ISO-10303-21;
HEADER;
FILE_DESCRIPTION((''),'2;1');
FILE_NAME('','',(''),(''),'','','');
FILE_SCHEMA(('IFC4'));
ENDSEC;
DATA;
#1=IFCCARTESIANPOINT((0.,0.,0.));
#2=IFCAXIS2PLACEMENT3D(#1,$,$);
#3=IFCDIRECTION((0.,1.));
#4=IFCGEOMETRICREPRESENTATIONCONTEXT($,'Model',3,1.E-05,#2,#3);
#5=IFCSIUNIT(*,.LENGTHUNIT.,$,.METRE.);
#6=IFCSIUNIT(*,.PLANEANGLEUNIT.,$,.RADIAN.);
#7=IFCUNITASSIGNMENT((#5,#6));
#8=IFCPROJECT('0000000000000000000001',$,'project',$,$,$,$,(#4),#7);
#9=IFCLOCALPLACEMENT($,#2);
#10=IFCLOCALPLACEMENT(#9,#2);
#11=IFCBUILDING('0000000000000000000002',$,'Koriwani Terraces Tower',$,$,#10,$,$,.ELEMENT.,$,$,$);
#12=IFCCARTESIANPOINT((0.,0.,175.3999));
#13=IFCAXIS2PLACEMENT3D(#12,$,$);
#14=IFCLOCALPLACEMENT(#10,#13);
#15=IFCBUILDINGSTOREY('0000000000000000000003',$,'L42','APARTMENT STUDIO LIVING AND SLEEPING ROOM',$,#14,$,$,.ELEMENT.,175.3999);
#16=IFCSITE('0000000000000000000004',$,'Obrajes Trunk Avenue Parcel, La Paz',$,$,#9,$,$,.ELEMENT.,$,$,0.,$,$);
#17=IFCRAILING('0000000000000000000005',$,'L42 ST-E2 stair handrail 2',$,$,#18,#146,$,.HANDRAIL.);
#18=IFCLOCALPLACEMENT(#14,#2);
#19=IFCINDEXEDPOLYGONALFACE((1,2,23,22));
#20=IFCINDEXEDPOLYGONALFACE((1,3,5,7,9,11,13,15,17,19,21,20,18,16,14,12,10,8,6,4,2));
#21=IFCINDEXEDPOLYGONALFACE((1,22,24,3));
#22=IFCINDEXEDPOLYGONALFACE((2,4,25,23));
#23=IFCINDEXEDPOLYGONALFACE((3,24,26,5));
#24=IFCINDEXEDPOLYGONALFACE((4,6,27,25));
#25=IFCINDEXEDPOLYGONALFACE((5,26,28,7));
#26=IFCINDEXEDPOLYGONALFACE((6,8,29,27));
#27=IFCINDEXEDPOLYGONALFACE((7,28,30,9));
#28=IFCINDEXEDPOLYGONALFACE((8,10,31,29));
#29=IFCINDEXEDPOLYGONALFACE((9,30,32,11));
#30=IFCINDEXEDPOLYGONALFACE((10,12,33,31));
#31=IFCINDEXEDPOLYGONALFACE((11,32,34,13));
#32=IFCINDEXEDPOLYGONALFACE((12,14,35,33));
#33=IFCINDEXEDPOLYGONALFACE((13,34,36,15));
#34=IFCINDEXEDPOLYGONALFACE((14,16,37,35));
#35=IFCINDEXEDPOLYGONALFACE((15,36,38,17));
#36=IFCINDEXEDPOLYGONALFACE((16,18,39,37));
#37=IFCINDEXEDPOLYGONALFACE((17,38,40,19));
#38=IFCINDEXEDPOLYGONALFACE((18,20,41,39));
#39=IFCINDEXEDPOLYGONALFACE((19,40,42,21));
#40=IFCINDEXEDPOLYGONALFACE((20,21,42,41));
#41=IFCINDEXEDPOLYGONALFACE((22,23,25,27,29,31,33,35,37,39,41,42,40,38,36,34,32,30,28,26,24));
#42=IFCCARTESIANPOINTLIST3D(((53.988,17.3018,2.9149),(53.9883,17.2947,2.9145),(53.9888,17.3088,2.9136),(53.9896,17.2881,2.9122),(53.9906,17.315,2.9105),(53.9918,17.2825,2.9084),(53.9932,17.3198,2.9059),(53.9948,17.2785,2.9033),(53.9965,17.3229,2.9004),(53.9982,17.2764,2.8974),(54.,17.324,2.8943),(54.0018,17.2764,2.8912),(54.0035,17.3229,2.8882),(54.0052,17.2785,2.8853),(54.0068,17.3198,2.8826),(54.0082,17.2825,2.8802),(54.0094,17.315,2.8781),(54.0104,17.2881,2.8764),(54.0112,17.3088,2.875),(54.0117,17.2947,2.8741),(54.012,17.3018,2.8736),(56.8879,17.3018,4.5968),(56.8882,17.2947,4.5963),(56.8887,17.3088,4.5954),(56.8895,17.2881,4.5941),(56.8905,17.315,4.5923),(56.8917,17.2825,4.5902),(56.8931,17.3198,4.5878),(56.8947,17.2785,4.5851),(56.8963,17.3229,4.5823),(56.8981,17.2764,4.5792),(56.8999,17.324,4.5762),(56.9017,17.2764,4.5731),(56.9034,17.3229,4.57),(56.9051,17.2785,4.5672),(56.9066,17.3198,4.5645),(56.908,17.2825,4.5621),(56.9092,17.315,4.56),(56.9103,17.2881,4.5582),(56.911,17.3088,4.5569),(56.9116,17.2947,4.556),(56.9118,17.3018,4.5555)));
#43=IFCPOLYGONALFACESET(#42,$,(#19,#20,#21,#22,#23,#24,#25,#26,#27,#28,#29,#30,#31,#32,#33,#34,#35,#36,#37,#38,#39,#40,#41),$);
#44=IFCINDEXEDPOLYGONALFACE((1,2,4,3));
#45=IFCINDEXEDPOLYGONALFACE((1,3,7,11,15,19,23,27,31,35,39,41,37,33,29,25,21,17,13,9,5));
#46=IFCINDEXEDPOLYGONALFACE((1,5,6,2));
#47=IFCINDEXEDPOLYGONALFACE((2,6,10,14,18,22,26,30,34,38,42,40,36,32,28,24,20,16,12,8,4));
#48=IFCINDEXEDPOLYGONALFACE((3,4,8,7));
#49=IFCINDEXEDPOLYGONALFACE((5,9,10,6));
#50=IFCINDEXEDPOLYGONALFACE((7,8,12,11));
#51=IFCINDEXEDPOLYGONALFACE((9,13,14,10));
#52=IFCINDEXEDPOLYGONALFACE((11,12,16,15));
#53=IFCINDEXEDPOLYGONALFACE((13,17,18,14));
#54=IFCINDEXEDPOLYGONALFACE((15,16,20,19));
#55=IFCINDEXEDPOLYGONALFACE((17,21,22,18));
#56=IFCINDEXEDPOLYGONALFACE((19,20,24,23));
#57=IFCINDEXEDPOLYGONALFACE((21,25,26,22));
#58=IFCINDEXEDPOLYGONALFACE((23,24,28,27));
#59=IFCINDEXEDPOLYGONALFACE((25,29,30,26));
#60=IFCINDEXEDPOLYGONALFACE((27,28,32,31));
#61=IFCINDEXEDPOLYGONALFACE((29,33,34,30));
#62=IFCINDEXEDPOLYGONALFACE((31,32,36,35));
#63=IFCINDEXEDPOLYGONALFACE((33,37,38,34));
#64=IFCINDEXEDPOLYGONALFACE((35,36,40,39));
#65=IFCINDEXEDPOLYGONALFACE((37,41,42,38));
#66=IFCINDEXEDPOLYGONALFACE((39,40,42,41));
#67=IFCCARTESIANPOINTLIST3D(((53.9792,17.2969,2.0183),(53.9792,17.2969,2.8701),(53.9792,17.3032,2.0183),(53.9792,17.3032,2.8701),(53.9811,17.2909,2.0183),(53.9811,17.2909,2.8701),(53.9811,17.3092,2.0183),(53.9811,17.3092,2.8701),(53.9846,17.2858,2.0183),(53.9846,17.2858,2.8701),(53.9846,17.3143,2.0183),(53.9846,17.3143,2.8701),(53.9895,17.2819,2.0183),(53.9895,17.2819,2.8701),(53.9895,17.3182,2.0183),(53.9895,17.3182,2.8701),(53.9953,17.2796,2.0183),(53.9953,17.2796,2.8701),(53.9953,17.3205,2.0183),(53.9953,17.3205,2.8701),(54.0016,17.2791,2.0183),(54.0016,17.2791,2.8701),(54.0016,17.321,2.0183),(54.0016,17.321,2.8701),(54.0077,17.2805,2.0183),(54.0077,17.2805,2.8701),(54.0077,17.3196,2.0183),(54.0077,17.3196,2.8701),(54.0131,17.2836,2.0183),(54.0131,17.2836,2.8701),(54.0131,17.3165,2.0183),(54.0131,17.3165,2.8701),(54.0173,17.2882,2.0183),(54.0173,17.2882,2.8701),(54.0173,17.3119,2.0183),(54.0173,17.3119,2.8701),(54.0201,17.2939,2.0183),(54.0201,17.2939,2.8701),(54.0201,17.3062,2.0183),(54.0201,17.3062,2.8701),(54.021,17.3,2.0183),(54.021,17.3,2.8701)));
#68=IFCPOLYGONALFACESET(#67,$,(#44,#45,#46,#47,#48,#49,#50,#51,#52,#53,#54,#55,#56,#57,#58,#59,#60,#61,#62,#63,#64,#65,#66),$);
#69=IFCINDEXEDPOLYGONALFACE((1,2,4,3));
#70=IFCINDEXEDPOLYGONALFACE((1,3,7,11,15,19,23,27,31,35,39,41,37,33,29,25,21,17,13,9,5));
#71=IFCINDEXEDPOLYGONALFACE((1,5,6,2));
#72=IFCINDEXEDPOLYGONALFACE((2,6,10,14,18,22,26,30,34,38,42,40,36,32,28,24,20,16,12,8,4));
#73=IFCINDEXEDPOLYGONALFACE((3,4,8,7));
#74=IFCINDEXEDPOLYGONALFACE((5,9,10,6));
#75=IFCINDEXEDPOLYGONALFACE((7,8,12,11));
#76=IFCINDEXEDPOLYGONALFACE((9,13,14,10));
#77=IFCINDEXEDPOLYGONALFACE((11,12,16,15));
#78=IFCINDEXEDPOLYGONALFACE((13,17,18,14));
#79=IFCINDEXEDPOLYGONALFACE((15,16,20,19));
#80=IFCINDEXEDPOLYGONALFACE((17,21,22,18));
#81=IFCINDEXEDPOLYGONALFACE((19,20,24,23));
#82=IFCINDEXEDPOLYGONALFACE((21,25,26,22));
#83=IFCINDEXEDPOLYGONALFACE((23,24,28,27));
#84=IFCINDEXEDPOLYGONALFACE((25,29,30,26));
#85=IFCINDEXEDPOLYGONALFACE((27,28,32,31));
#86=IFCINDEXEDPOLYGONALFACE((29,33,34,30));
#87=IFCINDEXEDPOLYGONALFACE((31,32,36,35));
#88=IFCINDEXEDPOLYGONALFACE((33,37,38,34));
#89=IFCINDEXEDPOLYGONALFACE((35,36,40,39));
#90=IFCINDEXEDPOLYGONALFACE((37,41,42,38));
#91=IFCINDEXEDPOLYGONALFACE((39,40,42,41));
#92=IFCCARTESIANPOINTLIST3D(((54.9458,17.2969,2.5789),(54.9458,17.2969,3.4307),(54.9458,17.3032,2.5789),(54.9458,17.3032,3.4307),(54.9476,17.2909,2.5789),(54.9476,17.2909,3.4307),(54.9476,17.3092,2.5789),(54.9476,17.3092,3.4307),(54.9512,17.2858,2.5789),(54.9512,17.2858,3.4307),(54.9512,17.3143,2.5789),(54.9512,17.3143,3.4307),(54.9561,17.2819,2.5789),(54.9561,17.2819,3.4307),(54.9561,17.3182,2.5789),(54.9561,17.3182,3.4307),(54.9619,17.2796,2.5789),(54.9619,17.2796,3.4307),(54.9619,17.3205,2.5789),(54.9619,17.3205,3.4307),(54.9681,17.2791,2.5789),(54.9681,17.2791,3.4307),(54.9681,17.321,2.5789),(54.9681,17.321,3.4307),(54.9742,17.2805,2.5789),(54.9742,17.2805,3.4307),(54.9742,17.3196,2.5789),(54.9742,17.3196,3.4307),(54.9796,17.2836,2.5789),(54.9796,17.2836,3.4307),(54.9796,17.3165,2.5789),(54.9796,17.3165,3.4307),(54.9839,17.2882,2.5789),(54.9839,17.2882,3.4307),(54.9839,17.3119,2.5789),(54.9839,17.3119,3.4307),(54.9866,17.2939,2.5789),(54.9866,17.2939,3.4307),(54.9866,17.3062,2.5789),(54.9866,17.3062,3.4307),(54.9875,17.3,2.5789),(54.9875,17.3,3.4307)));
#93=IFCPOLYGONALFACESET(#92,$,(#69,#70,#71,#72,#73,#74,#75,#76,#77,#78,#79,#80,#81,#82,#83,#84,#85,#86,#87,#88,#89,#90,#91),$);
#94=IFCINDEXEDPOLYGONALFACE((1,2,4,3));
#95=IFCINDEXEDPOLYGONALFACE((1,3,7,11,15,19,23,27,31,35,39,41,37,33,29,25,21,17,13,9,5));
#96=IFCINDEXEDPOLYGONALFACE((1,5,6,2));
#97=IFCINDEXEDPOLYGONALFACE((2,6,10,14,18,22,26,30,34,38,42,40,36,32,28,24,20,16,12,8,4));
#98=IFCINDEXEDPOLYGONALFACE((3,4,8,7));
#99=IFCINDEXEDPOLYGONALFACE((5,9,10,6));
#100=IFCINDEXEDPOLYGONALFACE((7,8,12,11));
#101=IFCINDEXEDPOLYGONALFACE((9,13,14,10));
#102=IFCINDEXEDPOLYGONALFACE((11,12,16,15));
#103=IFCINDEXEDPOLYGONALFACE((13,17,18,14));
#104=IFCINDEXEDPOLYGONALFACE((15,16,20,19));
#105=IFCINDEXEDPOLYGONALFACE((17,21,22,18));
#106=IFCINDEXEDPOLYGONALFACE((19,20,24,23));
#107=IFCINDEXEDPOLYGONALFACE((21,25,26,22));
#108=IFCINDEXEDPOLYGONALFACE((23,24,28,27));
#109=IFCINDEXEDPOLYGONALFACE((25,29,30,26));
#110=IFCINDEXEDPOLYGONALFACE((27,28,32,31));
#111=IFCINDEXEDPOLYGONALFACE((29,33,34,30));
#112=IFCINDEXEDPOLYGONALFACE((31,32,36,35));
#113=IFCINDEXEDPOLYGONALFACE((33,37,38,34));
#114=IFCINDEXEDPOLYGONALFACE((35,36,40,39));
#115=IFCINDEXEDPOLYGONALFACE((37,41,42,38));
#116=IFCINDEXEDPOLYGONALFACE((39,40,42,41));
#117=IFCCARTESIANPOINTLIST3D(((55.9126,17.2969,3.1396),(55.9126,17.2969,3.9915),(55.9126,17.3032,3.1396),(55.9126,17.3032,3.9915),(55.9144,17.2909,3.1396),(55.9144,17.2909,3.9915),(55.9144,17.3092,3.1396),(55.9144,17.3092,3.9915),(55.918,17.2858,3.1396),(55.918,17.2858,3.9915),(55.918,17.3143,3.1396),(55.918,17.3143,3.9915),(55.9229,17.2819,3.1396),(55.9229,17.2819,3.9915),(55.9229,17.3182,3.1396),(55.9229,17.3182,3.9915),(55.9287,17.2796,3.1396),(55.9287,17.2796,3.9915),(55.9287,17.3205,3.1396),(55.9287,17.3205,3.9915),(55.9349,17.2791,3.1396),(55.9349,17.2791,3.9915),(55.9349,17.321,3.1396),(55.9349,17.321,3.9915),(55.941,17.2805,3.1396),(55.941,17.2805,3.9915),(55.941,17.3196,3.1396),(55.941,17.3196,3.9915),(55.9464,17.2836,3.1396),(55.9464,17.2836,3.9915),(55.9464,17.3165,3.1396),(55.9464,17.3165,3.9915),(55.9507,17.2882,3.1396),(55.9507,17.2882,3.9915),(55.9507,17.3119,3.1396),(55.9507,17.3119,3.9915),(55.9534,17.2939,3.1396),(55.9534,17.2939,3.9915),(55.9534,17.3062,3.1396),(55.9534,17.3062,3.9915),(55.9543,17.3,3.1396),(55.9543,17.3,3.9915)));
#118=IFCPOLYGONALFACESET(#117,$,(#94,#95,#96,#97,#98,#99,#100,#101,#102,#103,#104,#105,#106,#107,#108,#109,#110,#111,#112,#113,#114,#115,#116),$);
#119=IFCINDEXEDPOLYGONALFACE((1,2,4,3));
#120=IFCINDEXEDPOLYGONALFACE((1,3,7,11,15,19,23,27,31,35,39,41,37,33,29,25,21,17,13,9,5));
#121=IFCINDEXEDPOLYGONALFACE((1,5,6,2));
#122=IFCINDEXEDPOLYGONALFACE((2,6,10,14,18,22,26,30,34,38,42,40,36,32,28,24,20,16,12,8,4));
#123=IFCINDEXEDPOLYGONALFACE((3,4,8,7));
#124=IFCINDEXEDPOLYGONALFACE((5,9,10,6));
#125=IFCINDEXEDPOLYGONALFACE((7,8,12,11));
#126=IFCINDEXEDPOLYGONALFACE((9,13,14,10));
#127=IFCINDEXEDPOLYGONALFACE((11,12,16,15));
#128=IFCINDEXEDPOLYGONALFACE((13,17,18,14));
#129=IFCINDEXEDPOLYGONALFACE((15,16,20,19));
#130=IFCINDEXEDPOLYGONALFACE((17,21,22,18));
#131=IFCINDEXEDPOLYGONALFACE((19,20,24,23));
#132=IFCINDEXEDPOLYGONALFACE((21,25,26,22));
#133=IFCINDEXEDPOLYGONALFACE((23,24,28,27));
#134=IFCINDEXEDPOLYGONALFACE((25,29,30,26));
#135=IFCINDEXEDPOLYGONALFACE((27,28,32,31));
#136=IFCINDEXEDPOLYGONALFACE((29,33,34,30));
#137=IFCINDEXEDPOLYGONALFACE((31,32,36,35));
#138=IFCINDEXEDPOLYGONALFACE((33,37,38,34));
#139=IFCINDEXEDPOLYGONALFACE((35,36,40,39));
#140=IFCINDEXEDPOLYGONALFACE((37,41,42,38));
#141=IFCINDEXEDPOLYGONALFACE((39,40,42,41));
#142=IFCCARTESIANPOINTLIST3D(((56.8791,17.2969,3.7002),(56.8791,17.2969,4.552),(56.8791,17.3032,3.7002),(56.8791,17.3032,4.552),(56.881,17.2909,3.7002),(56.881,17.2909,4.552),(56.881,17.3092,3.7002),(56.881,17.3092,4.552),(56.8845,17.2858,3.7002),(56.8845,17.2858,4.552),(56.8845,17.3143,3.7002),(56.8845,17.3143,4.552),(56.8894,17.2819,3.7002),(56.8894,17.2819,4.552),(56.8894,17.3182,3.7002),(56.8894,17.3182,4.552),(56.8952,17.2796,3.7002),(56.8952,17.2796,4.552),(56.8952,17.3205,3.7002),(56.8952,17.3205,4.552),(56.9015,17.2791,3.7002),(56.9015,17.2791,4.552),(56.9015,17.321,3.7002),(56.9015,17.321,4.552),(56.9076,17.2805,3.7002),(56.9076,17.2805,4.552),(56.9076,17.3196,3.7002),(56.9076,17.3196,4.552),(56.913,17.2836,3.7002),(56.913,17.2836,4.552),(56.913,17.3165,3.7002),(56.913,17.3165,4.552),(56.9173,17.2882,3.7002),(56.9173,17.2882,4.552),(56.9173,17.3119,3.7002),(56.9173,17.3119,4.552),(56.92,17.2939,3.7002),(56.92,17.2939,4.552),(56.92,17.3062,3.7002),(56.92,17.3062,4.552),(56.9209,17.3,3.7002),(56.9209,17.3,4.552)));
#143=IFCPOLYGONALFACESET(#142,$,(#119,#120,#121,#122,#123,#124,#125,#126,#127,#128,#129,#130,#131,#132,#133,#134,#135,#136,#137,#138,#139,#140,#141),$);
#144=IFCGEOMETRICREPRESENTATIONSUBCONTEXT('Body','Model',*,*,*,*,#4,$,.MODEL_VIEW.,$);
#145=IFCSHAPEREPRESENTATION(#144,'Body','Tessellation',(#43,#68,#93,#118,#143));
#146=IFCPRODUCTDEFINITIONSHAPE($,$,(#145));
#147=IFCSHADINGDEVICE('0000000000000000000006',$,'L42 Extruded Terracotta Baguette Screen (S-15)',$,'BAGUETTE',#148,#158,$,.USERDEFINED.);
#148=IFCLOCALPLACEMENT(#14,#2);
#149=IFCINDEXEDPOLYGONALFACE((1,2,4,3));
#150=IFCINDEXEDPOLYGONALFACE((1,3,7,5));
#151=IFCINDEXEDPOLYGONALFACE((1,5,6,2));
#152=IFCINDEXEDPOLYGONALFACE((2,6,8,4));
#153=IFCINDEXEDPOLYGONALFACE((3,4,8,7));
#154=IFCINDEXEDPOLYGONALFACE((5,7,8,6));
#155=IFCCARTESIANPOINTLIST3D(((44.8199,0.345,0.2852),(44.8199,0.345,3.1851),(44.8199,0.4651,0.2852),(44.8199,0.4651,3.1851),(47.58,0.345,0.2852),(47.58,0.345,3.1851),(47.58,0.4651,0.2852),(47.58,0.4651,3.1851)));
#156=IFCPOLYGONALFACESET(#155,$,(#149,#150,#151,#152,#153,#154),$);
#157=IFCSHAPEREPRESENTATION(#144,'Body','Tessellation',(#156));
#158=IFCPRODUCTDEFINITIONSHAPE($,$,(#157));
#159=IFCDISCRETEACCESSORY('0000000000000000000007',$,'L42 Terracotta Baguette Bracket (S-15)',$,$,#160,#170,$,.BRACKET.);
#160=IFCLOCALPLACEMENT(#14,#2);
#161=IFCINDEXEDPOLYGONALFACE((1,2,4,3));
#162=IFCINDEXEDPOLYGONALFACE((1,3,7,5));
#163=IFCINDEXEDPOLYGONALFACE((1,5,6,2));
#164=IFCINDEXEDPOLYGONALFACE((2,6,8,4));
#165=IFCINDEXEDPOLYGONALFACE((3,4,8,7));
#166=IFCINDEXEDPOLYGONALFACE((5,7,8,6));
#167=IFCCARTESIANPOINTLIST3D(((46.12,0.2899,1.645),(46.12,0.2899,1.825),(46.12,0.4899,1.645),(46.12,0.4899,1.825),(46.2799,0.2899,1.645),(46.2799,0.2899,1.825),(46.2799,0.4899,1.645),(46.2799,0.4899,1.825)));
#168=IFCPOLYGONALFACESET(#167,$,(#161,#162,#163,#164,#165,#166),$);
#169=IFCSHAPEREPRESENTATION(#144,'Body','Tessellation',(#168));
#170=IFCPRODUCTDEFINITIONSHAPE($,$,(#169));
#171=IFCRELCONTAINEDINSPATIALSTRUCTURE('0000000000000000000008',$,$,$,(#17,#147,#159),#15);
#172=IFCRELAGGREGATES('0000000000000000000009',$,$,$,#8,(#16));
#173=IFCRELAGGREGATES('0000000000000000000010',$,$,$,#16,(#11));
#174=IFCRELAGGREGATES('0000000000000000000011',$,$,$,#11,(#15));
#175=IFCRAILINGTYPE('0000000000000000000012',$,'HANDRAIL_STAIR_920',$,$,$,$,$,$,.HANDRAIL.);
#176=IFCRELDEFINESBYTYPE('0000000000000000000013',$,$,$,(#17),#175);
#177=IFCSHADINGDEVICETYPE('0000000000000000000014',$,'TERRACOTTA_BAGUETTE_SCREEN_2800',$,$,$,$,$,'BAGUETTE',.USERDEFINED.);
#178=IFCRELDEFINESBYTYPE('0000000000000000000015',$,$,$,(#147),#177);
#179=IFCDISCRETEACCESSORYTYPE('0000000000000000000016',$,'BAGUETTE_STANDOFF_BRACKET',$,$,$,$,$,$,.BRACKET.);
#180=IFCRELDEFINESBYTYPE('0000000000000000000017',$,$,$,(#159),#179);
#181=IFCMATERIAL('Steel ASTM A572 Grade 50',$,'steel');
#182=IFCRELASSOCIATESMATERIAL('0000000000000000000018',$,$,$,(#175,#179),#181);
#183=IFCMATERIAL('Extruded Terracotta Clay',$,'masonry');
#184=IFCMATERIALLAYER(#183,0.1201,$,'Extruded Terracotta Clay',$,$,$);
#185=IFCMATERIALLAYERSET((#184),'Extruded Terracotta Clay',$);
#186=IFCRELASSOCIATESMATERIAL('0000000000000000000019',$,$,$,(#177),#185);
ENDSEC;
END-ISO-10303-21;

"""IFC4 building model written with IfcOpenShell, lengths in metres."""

from ifc_helpers import new_model, si_unit, direction, frame, origin, origin_2d, place, context, subcontext, project, spatial, rectangle, circle, extrude, material, layer, layer_set, type_object, element, save


model = new_model("IFC4")

# Units and contexts
model_context = context("Model", 3, precision=1e-05, world=origin(), true_north=direction((0.0, 1.0)))
body_context = subcontext(model_context, "Body", "Model", "MODEL_VIEW")
ifc_project = project(units=[si_unit("LENGTHUNIT", "METRE"), si_unit("PLANEANGLEUNIT", "RADIAN")], contexts=[model_context])

# Site, building, storey
site_placement = place(None, origin())
site = spatial("IfcSite", under=ifc_project, at=site_placement, Name="Obrajes Trunk Avenue Parcel, La Paz", CompositionType="ELEMENT", RefElevation=0.0)
building_placement = place(site_placement, origin())
building = spatial("IfcBuilding", under=site, at=building_placement, Name="Koriwani Terraces Tower", CompositionType="ELEMENT")
storey_placement = place(building_placement, frame((0.0, 0.0, 175.3999)))
storey = spatial("IfcBuildingStorey", under=building, at=storey_placement, Name="L42", Description="APARTMENT STUDIO LIVING AND SLEEPING ROOM", CompositionType="ELEMENT", Elevation=175.3999)

# Shared definitions
ifc_material_1 = material(Name="Steel ASTM A572 Grade 50", Category="steel")

# Railing
railing_type = type_object("IfcRailingType", Name="HANDRAIL_STAIR_920", PredefinedType="HANDRAIL", material=ifc_material_1)
for number, where, name in (
    (1, (54.0, 17.3, 2.0183), "L42 ST-E2 stair handrail 2"),
):
    element("IfcRailing", number, at=place(storey_placement, frame(where)), inside=storey, type_object=railing_type, Name=name, PredefinedType="HANDRAIL", context=body_context, shape_type="SweptSolid", body=[
        extrude(circle(Radius=0.0239, at=origin_2d()), frame((0.0, 0.0, 0.876), z_axis=(0.865039, 0.0, 0.501705), x_axis=(0.0, 1.0, 0.0)), (0.0, 0.0, 1.0), 3.3523),
        extrude(circle(Radius=0.021, at=origin_2d()), origin(), (0.0, 0.0, 1.0), 0.8518),
        extrude(circle(Radius=0.021, at=origin_2d()), frame((0.9666, 0.0, 0.5605)), (0.0, 0.0, 1.0), 0.8518),
        extrude(circle(Radius=0.021, at=origin_2d()), frame((1.9333, 0.0, 1.1213)), (0.0, 0.0, 1.0), 0.8518),
        extrude(circle(Radius=0.021, at=origin_2d()), frame((2.8999, 0.0, 1.6819)), (0.0, 0.0, 1.0), 0.8518),
    ])

# Shading device
ifc_material_2 = material(Name="Extruded Terracotta Clay", Category="masonry")
ifc_layer_1 = layer(ifc_material_2, 0.1201, Name="Extruded Terracotta Clay")
ifc_layer_set_1 = layer_set([ifc_layer_1], Name="Extruded Terracotta Clay")
shading_device_type = type_object("IfcShadingDeviceType", Name="TERRACOTTA_BAGUETTE_SCREEN_2800", ElementType="BAGUETTE", PredefinedType="USERDEFINED", material=ifc_layer_set_1)
shading_device_placement = place(storey_placement, frame((46.2, 0.405, 0.2852), z_axis=(0.0, 0.0, 1.0), x_axis=(-1.0, 0.0, 0.0)))
element("IfcShadingDevice", 2, at=shading_device_placement, inside=storey, type_object=shading_device_type, Name="L42 Extruded Terracotta Baguette Screen (S-15)", ObjectType="BAGUETTE", PredefinedType="USERDEFINED", context=body_context, shape_type="SweptSolid", body=[
    extrude(rectangle(XDim=2.76, YDim=0.1201, at=origin_2d()), origin(), (0.0, 0.0, 1.0), 2.8999),
])

# Discrete accessory
discrete_accessory_type = type_object("IfcDiscreteAccessoryType", Name="BAGUETTE_STANDOFF_BRACKET", PredefinedType="BRACKET", material=ifc_material_1)
discrete_accessory_placement = place(storey_placement, frame((46.2, 0.3899, 1.645), z_axis=(0.0, 0.0, 1.0), x_axis=(-1.0, 0.0, 0.0)))
element("IfcDiscreteAccessory", 3, at=discrete_accessory_placement, inside=storey, type_object=discrete_accessory_type, Name="L42 Terracotta Baguette Bracket (S-15)", PredefinedType="BRACKET", context=body_context, shape_type="SweptSolid", body=[
    extrude(rectangle(XDim=0.1599, YDim=0.2, at=origin_2d()), origin(), (0.0, 0.0, 1.0), 0.1799),
])

save(model, "model.ifc")
